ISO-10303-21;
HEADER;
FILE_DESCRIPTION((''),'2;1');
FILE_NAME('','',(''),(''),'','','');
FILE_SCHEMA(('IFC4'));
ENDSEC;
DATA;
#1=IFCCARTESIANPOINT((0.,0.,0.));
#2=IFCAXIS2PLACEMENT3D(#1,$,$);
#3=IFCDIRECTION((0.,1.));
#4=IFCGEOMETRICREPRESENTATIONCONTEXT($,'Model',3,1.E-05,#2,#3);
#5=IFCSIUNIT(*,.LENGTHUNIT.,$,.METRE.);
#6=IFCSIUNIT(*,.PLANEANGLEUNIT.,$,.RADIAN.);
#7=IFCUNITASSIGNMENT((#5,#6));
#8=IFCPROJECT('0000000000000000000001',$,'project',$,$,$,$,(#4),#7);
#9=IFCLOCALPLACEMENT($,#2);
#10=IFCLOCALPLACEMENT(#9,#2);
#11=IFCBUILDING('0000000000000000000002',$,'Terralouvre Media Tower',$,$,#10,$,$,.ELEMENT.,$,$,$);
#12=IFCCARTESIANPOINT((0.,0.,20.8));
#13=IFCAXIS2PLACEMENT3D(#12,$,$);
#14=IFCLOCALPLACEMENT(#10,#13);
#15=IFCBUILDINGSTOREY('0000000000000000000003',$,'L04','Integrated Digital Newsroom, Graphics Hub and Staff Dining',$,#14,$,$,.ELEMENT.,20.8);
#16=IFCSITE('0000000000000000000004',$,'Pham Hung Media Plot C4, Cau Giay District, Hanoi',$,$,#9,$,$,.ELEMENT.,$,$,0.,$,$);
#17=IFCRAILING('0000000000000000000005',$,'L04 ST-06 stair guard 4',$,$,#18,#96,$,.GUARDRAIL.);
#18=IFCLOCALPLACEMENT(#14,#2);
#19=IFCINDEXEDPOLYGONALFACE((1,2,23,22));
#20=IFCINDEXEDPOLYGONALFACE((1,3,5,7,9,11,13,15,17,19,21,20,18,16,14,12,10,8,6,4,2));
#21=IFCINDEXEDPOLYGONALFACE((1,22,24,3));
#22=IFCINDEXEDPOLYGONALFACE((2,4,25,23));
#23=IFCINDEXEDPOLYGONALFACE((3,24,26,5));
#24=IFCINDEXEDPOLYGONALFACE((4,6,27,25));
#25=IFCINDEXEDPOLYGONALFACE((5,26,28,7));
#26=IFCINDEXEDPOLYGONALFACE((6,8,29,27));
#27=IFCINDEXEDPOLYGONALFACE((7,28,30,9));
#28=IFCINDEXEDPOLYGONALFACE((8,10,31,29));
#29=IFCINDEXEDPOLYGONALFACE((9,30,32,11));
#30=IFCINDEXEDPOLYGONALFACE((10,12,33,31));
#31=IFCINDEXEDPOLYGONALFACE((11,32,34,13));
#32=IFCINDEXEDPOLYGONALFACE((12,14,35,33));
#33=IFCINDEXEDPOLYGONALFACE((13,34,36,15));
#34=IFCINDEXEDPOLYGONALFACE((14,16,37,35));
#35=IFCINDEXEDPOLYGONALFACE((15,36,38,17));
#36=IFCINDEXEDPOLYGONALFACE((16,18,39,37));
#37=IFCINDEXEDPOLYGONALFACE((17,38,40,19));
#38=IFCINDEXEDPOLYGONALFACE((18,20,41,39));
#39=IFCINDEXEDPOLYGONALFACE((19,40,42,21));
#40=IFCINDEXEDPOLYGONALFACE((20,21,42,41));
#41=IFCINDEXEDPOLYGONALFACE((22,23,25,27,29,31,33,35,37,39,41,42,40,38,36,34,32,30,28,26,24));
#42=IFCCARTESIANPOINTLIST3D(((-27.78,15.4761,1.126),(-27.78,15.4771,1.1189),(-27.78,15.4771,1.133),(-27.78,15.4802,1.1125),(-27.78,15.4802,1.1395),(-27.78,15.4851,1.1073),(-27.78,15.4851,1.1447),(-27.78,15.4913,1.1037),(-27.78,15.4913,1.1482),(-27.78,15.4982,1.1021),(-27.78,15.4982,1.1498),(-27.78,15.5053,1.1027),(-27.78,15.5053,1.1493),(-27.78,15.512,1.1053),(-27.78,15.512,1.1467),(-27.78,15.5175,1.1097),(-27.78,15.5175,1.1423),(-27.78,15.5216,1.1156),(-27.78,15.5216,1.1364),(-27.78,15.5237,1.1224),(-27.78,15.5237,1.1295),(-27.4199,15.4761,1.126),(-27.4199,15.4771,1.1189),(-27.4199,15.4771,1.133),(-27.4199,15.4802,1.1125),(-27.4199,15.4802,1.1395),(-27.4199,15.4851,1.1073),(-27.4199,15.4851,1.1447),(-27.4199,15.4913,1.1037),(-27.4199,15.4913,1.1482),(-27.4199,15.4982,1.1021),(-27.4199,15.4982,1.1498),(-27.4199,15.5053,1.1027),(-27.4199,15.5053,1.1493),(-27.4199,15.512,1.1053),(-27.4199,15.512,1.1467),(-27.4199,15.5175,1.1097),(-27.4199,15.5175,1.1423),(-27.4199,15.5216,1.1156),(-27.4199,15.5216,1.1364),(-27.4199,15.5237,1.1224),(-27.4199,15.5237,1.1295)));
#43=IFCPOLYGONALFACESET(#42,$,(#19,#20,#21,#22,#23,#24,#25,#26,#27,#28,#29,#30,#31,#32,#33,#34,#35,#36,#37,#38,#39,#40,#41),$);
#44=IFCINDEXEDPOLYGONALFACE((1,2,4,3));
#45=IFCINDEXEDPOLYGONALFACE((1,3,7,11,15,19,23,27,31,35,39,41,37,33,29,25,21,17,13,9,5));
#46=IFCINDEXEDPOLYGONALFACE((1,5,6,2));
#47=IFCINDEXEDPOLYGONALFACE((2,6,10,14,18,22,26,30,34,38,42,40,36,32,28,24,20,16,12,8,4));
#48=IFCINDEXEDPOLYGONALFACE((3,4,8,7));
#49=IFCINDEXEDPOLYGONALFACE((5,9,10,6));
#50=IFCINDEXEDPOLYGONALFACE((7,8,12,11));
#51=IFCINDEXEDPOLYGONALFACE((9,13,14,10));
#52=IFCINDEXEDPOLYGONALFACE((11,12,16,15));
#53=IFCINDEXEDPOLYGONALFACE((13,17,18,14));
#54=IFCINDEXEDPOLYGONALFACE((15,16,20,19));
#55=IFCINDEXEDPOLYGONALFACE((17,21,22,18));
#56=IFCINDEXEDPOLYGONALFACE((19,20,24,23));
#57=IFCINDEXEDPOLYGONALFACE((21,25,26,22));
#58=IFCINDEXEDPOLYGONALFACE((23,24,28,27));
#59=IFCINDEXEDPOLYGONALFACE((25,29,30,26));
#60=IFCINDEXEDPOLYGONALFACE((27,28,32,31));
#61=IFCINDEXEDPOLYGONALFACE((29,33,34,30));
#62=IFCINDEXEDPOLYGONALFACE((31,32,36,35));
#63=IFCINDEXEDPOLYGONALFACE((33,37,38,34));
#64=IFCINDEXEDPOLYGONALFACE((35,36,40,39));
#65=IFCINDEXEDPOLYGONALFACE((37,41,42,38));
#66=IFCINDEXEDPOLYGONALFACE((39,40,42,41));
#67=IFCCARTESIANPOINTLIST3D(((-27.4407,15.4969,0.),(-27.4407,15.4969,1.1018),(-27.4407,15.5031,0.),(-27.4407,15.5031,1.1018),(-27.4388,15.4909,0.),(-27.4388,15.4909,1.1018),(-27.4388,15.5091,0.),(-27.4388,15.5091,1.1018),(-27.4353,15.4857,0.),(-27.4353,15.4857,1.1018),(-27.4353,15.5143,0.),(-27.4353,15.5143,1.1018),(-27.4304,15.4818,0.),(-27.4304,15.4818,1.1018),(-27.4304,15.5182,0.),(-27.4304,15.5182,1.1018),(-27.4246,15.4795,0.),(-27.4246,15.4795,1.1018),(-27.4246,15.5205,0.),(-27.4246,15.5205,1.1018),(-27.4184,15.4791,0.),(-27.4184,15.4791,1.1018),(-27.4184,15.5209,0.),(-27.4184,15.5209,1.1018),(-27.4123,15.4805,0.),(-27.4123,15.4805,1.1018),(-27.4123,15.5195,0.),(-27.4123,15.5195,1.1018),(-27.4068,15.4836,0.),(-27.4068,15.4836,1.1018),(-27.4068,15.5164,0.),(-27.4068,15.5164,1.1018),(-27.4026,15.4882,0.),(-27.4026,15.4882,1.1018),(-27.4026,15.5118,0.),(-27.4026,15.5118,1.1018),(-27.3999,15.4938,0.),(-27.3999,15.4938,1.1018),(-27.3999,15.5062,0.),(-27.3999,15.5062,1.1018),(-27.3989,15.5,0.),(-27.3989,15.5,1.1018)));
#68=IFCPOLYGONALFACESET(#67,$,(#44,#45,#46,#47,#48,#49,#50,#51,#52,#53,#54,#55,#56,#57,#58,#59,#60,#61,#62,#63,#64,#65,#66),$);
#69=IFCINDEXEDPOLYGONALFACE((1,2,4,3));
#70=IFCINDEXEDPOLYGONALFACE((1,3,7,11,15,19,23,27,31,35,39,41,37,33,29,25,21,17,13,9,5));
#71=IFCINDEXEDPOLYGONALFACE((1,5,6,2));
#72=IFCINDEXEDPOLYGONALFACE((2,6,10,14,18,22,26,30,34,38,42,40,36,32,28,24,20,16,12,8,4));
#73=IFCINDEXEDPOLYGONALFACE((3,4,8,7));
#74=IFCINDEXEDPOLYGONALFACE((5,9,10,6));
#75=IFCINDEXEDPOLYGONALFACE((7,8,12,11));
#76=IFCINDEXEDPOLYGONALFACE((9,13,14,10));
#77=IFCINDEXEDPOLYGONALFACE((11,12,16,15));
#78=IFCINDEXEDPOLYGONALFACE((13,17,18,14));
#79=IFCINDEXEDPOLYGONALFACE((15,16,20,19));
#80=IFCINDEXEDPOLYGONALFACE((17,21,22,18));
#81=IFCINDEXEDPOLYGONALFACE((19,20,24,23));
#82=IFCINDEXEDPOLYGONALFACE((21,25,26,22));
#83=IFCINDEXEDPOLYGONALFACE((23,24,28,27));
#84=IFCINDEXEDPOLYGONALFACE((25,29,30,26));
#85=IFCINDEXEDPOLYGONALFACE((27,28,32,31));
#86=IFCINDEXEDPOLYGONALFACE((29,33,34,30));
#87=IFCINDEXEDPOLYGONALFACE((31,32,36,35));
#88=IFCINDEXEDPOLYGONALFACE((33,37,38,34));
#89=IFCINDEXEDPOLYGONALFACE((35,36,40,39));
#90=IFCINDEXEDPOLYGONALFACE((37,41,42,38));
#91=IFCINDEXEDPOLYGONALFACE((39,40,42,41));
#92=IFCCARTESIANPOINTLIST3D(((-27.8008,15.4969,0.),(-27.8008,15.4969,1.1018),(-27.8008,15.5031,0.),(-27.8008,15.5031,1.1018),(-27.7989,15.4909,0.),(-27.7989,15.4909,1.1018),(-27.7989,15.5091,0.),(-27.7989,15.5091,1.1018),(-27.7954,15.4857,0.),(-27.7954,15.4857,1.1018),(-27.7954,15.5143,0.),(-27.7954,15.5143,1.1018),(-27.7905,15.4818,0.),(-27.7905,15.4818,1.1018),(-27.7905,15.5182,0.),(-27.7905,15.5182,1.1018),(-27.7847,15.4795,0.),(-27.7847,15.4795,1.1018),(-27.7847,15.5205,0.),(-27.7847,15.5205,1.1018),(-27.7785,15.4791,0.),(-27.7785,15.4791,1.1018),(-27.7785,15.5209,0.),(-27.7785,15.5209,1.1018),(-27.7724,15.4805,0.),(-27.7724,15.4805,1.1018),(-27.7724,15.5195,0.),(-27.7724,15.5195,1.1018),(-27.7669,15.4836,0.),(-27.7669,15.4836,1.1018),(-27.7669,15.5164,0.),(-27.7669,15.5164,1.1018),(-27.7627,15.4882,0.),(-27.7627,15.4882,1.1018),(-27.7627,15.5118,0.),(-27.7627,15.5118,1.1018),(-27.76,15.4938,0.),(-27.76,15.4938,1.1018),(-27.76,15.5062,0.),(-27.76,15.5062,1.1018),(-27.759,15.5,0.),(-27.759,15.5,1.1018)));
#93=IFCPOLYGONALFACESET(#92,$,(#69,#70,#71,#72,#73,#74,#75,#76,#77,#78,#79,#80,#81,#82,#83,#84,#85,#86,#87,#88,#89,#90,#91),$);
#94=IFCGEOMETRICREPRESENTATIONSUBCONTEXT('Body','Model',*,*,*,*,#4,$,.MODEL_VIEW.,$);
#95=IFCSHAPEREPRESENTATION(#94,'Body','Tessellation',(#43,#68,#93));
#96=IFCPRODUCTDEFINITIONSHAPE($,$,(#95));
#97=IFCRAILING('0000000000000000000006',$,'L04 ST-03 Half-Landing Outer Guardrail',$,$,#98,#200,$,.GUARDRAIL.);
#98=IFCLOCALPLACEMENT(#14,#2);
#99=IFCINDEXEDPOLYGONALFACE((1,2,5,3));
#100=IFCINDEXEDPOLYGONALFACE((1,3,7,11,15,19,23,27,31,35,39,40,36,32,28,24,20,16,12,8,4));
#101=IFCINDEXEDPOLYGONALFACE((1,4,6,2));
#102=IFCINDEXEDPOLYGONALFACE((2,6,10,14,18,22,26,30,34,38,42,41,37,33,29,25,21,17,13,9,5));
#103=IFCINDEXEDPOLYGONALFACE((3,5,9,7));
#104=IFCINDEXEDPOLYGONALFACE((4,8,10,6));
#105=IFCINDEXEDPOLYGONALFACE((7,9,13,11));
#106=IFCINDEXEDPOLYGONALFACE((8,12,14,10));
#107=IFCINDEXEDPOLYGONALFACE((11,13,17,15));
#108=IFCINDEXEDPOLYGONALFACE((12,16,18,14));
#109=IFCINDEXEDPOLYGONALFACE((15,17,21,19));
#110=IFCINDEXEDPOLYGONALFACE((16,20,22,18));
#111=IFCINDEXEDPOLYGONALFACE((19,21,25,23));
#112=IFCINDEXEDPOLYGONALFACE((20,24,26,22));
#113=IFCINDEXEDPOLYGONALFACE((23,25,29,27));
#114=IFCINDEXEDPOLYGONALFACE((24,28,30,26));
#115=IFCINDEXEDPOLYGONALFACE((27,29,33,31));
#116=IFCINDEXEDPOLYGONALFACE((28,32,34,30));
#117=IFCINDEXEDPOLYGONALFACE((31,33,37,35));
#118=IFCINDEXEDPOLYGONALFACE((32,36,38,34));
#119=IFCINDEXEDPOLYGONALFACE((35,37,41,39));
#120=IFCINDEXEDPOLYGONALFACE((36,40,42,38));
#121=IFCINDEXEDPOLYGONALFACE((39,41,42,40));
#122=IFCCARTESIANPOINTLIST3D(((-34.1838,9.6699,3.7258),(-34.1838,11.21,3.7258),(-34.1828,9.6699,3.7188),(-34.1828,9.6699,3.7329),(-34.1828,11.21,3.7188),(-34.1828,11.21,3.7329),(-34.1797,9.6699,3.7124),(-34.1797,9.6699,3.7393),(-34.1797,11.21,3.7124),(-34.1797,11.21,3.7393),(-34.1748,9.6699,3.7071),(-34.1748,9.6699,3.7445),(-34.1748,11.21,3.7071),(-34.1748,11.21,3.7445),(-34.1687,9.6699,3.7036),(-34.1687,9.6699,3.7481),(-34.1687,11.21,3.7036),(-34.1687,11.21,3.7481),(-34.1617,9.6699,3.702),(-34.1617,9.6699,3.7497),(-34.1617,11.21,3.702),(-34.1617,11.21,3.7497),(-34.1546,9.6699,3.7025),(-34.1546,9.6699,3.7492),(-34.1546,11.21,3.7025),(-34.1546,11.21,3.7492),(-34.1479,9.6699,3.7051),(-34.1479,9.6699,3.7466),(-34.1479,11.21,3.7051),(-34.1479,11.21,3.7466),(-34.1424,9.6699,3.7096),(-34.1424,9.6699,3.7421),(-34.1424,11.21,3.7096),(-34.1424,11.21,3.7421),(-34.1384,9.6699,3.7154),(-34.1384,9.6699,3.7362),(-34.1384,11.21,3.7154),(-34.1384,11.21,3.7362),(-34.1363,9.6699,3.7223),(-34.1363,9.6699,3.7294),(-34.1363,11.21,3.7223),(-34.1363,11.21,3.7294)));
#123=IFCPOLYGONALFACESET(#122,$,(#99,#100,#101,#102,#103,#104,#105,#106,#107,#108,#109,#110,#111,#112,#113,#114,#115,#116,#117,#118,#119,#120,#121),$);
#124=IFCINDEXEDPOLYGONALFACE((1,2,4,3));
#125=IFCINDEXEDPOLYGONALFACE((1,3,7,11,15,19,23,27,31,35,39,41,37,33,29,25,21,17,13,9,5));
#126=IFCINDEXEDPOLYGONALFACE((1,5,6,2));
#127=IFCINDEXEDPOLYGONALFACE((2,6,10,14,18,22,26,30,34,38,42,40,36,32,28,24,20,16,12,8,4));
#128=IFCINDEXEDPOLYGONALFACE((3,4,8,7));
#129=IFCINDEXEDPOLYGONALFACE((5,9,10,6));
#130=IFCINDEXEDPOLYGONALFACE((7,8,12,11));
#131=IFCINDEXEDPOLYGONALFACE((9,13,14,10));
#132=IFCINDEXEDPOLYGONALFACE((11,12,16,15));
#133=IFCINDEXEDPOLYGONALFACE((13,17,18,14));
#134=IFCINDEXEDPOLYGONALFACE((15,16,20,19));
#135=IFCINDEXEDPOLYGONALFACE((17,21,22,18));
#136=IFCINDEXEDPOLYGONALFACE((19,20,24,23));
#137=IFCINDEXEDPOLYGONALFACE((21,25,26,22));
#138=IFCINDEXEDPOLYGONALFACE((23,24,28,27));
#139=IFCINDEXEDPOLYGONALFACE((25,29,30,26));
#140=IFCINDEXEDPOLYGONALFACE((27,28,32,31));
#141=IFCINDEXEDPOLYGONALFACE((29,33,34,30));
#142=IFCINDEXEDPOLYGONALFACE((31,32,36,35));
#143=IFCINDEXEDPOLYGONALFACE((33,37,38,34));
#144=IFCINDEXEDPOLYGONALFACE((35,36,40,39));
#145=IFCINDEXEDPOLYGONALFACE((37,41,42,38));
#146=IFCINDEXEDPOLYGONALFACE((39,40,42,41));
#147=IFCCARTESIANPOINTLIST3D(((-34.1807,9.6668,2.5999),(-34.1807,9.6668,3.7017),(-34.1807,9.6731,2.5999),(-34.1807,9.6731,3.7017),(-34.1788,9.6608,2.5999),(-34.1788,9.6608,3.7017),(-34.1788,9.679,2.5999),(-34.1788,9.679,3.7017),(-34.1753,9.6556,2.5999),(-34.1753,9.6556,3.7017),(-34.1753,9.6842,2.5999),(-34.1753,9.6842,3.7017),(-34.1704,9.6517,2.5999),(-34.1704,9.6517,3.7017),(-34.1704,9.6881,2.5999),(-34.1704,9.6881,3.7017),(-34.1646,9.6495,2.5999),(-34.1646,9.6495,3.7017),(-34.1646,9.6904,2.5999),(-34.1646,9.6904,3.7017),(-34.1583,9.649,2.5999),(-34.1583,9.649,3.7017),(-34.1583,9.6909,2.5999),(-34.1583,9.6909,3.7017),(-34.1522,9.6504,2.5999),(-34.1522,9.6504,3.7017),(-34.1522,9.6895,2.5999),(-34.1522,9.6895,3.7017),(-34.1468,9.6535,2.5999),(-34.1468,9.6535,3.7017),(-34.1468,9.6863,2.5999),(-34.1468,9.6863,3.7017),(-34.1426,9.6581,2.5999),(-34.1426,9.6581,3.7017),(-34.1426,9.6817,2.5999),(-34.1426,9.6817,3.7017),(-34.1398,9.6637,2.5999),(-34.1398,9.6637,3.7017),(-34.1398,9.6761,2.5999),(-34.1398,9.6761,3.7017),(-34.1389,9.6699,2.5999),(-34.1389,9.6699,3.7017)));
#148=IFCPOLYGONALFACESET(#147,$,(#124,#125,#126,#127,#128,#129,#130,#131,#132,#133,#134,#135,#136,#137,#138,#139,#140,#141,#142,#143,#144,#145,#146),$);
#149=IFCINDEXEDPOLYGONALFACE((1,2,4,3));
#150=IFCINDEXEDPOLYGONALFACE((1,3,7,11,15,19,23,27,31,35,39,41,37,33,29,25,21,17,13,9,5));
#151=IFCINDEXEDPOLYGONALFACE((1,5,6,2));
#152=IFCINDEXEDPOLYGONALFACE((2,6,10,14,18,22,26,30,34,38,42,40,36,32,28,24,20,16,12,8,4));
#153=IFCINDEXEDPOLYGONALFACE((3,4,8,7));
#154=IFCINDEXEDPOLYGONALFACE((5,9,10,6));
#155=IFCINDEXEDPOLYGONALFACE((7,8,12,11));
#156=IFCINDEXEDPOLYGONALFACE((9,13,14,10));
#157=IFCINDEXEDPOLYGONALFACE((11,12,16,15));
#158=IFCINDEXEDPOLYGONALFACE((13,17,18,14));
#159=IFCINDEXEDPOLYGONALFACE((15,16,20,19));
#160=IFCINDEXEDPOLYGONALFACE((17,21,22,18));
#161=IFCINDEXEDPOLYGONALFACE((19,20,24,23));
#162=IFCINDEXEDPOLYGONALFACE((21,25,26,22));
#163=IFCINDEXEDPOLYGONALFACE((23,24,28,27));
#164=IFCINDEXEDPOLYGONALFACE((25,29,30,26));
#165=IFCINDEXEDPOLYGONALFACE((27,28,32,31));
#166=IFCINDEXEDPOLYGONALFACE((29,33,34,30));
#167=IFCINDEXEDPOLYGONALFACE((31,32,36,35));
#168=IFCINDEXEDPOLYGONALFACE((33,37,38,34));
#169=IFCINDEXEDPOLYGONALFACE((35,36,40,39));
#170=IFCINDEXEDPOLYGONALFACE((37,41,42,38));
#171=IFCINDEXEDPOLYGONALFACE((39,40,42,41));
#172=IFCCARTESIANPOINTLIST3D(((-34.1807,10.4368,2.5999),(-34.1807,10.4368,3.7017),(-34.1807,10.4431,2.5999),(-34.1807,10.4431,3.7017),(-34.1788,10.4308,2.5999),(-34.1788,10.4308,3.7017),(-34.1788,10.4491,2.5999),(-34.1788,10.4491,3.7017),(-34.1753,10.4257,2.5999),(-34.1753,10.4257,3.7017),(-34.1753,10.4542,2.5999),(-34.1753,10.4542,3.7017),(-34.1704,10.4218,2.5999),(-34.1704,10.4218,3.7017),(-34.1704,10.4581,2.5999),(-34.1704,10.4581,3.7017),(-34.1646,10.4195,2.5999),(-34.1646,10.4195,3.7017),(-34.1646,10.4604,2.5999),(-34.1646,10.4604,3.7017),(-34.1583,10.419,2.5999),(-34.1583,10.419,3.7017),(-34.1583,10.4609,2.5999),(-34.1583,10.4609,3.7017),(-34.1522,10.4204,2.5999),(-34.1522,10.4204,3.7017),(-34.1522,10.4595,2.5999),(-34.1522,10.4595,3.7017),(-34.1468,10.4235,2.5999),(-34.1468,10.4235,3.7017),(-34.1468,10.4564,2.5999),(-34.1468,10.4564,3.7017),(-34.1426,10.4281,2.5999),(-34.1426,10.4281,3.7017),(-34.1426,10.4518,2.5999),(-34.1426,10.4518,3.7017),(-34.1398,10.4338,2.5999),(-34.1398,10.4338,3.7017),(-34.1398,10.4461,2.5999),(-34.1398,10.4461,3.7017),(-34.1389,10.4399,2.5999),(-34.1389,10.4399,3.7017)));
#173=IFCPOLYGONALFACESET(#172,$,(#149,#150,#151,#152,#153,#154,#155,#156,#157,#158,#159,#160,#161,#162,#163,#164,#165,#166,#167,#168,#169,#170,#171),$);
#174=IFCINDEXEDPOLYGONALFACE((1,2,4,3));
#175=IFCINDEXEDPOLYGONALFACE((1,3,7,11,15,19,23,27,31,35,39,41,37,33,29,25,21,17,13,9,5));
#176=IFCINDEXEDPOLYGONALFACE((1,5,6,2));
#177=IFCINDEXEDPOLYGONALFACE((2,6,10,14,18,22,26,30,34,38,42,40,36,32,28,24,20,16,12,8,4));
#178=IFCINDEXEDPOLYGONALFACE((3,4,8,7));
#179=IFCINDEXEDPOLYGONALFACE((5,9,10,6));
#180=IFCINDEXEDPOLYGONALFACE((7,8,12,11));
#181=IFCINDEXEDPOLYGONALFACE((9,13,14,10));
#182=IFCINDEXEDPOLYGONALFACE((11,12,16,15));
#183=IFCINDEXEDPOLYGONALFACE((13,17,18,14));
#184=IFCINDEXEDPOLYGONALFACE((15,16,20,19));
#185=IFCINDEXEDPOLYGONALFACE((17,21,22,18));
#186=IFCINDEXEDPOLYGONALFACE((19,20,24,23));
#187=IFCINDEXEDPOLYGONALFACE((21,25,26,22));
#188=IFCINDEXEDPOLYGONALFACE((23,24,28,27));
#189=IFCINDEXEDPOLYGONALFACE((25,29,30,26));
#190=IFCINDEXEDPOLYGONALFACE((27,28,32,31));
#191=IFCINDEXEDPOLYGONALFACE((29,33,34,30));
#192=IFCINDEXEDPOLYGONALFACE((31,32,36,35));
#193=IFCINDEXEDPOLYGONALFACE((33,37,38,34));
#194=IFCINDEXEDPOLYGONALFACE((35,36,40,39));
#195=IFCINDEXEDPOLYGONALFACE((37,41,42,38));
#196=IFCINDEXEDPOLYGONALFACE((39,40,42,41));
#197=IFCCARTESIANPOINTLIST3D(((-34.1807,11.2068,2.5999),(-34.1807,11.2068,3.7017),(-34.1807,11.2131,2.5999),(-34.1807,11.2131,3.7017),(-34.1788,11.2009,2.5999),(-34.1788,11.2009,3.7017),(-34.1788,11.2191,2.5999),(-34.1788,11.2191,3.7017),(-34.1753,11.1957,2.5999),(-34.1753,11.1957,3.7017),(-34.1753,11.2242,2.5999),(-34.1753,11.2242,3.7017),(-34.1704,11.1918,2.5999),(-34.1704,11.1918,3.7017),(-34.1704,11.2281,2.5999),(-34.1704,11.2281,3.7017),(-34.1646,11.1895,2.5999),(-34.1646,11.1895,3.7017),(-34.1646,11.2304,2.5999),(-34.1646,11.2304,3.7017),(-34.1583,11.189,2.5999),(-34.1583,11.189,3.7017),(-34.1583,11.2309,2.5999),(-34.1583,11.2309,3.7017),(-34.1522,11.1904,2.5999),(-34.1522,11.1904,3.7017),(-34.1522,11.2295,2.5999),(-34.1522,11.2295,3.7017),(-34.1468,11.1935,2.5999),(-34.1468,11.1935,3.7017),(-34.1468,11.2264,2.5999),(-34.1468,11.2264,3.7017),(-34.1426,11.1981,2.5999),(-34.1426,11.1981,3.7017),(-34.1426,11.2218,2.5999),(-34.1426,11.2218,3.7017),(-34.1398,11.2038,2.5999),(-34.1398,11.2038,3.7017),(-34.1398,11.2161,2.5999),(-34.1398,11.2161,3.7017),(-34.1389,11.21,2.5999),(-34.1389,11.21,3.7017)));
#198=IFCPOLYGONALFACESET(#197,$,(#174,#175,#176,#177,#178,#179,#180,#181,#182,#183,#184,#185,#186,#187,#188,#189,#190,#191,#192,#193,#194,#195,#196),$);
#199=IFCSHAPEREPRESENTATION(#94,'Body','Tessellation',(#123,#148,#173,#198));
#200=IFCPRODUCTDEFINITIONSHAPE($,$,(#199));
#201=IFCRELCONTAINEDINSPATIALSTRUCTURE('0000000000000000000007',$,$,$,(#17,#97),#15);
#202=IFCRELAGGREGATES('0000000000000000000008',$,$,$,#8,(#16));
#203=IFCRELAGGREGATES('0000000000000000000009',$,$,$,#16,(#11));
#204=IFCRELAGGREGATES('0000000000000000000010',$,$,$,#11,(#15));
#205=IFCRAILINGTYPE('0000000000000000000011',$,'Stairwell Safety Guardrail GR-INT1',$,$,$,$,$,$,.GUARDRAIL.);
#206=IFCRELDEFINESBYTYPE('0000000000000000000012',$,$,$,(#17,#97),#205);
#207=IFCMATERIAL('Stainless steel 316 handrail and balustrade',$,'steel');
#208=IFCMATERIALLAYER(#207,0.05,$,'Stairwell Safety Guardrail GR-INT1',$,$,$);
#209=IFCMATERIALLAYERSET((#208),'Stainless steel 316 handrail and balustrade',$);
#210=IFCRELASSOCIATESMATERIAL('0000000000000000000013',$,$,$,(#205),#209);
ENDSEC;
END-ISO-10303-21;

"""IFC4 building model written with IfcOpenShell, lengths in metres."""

from ifc_helpers import new_model, si_unit, direction, frame, origin, origin_2d, place, context, subcontext, project, spatial, circle, extrude, material, layer, layer_set, type_object, element, save


model = new_model("IFC4")

# Units and contexts
model_context = context("Model", 3, precision=1e-05, world=origin(), true_north=direction((0.0, 1.0)))
body_context = subcontext(model_context, "Body", "Model", "MODEL_VIEW")
ifc_project = project(units=[si_unit("LENGTHUNIT", "METRE"), si_unit("PLANEANGLEUNIT", "RADIAN")], contexts=[model_context])

# Site, building, storey
site_placement = place(None, origin())
site = spatial("IfcSite", under=ifc_project, at=site_placement, Name="Pham Hung Media Plot C4, Cau Giay District, Hanoi", CompositionType="ELEMENT", RefElevation=0.0)
building_placement = place(site_placement, origin())
building = spatial("IfcBuilding", under=site, at=building_placement, Name="Terralouvre Media Tower", CompositionType="ELEMENT")
storey_placement = place(building_placement, frame((0.0, 0.0, 20.8)))
storey = spatial("IfcBuildingStorey", under=building, at=storey_placement, Name="L04", Description="Integrated Digital Newsroom, Graphics Hub and Staff Dining", CompositionType="ELEMENT", Elevation=20.8)

# Railings
ifc_material_1 = material(Name="Stainless steel 316 handrail and balustrade", Category="steel")
ifc_layer_1 = layer(ifc_material_1, 0.05, Name="Stairwell Safety Guardrail GR-INT1")
ifc_layer_set_1 = layer_set([ifc_layer_1], Name="Stainless steel 316 handrail and balustrade")
railing_type_1 = type_object("IfcRailingType", Name="Stairwell Safety Guardrail GR-INT1", PredefinedType="GUARDRAIL", material=ifc_layer_set_1)
railing_1_placement = place(storey_placement, frame((-27.4199, 15.5, 0.0)))
element("IfcRailing", 1, at=railing_1_placement, inside=storey, type_object=railing_type_1, Name="L04 ST-06 stair guard 4", PredefinedType="GUARDRAIL", context=body_context, shape_type="SweptSolid", body=[
    extrude(circle(Radius=0.0239, at=origin_2d()), frame((0.0, 0.0, 1.126), z_axis=(-1.0, 0.0, 0.0), x_axis=(0.0, -1.0, 0.0)), (0.0, 0.0, 1.0), 0.3601),
    extrude(circle(Radius=0.021, at=origin_2d()), origin(), (0.0, 0.0, 1.0), 1.1018),
    extrude(circle(Radius=0.021, at=origin_2d()), frame((-0.3601, 0.0, 0.0)), (0.0, 0.0, 1.0), 1.1018),
])
railing_2_placement = place(storey_placement, frame((-34.1599, 9.6699, 2.5999)))
element("IfcRailing", 2, at=railing_2_placement, inside=storey, type_object=railing_type_1, Name="L04 ST-03 Half-Landing Outer Guardrail", PredefinedType="GUARDRAIL", context=body_context, shape_type="SweptSolid", body=[
    extrude(circle(Radius=0.0239, at=origin_2d()), frame((0.0, 0.0, 1.126), z_axis=(0.0, 1.0, 0.0), x_axis=(-1.0, 0.0, 0.0)), (0.0, 0.0, 1.0), 1.54),
    extrude(circle(Radius=0.021, at=origin_2d()), origin(), (0.0, 0.0, 1.0), 1.1018),
    extrude(circle(Radius=0.021, at=origin_2d()), frame((0.0, 0.77, 0.0)), (0.0, 0.0, 1.0), 1.1018),
    extrude(circle(Radius=0.021, at=origin_2d()), frame((0.0, 1.54, 0.0)), (0.0, 0.0, 1.0), 1.1018),
])

save(model, "model.ifc")
